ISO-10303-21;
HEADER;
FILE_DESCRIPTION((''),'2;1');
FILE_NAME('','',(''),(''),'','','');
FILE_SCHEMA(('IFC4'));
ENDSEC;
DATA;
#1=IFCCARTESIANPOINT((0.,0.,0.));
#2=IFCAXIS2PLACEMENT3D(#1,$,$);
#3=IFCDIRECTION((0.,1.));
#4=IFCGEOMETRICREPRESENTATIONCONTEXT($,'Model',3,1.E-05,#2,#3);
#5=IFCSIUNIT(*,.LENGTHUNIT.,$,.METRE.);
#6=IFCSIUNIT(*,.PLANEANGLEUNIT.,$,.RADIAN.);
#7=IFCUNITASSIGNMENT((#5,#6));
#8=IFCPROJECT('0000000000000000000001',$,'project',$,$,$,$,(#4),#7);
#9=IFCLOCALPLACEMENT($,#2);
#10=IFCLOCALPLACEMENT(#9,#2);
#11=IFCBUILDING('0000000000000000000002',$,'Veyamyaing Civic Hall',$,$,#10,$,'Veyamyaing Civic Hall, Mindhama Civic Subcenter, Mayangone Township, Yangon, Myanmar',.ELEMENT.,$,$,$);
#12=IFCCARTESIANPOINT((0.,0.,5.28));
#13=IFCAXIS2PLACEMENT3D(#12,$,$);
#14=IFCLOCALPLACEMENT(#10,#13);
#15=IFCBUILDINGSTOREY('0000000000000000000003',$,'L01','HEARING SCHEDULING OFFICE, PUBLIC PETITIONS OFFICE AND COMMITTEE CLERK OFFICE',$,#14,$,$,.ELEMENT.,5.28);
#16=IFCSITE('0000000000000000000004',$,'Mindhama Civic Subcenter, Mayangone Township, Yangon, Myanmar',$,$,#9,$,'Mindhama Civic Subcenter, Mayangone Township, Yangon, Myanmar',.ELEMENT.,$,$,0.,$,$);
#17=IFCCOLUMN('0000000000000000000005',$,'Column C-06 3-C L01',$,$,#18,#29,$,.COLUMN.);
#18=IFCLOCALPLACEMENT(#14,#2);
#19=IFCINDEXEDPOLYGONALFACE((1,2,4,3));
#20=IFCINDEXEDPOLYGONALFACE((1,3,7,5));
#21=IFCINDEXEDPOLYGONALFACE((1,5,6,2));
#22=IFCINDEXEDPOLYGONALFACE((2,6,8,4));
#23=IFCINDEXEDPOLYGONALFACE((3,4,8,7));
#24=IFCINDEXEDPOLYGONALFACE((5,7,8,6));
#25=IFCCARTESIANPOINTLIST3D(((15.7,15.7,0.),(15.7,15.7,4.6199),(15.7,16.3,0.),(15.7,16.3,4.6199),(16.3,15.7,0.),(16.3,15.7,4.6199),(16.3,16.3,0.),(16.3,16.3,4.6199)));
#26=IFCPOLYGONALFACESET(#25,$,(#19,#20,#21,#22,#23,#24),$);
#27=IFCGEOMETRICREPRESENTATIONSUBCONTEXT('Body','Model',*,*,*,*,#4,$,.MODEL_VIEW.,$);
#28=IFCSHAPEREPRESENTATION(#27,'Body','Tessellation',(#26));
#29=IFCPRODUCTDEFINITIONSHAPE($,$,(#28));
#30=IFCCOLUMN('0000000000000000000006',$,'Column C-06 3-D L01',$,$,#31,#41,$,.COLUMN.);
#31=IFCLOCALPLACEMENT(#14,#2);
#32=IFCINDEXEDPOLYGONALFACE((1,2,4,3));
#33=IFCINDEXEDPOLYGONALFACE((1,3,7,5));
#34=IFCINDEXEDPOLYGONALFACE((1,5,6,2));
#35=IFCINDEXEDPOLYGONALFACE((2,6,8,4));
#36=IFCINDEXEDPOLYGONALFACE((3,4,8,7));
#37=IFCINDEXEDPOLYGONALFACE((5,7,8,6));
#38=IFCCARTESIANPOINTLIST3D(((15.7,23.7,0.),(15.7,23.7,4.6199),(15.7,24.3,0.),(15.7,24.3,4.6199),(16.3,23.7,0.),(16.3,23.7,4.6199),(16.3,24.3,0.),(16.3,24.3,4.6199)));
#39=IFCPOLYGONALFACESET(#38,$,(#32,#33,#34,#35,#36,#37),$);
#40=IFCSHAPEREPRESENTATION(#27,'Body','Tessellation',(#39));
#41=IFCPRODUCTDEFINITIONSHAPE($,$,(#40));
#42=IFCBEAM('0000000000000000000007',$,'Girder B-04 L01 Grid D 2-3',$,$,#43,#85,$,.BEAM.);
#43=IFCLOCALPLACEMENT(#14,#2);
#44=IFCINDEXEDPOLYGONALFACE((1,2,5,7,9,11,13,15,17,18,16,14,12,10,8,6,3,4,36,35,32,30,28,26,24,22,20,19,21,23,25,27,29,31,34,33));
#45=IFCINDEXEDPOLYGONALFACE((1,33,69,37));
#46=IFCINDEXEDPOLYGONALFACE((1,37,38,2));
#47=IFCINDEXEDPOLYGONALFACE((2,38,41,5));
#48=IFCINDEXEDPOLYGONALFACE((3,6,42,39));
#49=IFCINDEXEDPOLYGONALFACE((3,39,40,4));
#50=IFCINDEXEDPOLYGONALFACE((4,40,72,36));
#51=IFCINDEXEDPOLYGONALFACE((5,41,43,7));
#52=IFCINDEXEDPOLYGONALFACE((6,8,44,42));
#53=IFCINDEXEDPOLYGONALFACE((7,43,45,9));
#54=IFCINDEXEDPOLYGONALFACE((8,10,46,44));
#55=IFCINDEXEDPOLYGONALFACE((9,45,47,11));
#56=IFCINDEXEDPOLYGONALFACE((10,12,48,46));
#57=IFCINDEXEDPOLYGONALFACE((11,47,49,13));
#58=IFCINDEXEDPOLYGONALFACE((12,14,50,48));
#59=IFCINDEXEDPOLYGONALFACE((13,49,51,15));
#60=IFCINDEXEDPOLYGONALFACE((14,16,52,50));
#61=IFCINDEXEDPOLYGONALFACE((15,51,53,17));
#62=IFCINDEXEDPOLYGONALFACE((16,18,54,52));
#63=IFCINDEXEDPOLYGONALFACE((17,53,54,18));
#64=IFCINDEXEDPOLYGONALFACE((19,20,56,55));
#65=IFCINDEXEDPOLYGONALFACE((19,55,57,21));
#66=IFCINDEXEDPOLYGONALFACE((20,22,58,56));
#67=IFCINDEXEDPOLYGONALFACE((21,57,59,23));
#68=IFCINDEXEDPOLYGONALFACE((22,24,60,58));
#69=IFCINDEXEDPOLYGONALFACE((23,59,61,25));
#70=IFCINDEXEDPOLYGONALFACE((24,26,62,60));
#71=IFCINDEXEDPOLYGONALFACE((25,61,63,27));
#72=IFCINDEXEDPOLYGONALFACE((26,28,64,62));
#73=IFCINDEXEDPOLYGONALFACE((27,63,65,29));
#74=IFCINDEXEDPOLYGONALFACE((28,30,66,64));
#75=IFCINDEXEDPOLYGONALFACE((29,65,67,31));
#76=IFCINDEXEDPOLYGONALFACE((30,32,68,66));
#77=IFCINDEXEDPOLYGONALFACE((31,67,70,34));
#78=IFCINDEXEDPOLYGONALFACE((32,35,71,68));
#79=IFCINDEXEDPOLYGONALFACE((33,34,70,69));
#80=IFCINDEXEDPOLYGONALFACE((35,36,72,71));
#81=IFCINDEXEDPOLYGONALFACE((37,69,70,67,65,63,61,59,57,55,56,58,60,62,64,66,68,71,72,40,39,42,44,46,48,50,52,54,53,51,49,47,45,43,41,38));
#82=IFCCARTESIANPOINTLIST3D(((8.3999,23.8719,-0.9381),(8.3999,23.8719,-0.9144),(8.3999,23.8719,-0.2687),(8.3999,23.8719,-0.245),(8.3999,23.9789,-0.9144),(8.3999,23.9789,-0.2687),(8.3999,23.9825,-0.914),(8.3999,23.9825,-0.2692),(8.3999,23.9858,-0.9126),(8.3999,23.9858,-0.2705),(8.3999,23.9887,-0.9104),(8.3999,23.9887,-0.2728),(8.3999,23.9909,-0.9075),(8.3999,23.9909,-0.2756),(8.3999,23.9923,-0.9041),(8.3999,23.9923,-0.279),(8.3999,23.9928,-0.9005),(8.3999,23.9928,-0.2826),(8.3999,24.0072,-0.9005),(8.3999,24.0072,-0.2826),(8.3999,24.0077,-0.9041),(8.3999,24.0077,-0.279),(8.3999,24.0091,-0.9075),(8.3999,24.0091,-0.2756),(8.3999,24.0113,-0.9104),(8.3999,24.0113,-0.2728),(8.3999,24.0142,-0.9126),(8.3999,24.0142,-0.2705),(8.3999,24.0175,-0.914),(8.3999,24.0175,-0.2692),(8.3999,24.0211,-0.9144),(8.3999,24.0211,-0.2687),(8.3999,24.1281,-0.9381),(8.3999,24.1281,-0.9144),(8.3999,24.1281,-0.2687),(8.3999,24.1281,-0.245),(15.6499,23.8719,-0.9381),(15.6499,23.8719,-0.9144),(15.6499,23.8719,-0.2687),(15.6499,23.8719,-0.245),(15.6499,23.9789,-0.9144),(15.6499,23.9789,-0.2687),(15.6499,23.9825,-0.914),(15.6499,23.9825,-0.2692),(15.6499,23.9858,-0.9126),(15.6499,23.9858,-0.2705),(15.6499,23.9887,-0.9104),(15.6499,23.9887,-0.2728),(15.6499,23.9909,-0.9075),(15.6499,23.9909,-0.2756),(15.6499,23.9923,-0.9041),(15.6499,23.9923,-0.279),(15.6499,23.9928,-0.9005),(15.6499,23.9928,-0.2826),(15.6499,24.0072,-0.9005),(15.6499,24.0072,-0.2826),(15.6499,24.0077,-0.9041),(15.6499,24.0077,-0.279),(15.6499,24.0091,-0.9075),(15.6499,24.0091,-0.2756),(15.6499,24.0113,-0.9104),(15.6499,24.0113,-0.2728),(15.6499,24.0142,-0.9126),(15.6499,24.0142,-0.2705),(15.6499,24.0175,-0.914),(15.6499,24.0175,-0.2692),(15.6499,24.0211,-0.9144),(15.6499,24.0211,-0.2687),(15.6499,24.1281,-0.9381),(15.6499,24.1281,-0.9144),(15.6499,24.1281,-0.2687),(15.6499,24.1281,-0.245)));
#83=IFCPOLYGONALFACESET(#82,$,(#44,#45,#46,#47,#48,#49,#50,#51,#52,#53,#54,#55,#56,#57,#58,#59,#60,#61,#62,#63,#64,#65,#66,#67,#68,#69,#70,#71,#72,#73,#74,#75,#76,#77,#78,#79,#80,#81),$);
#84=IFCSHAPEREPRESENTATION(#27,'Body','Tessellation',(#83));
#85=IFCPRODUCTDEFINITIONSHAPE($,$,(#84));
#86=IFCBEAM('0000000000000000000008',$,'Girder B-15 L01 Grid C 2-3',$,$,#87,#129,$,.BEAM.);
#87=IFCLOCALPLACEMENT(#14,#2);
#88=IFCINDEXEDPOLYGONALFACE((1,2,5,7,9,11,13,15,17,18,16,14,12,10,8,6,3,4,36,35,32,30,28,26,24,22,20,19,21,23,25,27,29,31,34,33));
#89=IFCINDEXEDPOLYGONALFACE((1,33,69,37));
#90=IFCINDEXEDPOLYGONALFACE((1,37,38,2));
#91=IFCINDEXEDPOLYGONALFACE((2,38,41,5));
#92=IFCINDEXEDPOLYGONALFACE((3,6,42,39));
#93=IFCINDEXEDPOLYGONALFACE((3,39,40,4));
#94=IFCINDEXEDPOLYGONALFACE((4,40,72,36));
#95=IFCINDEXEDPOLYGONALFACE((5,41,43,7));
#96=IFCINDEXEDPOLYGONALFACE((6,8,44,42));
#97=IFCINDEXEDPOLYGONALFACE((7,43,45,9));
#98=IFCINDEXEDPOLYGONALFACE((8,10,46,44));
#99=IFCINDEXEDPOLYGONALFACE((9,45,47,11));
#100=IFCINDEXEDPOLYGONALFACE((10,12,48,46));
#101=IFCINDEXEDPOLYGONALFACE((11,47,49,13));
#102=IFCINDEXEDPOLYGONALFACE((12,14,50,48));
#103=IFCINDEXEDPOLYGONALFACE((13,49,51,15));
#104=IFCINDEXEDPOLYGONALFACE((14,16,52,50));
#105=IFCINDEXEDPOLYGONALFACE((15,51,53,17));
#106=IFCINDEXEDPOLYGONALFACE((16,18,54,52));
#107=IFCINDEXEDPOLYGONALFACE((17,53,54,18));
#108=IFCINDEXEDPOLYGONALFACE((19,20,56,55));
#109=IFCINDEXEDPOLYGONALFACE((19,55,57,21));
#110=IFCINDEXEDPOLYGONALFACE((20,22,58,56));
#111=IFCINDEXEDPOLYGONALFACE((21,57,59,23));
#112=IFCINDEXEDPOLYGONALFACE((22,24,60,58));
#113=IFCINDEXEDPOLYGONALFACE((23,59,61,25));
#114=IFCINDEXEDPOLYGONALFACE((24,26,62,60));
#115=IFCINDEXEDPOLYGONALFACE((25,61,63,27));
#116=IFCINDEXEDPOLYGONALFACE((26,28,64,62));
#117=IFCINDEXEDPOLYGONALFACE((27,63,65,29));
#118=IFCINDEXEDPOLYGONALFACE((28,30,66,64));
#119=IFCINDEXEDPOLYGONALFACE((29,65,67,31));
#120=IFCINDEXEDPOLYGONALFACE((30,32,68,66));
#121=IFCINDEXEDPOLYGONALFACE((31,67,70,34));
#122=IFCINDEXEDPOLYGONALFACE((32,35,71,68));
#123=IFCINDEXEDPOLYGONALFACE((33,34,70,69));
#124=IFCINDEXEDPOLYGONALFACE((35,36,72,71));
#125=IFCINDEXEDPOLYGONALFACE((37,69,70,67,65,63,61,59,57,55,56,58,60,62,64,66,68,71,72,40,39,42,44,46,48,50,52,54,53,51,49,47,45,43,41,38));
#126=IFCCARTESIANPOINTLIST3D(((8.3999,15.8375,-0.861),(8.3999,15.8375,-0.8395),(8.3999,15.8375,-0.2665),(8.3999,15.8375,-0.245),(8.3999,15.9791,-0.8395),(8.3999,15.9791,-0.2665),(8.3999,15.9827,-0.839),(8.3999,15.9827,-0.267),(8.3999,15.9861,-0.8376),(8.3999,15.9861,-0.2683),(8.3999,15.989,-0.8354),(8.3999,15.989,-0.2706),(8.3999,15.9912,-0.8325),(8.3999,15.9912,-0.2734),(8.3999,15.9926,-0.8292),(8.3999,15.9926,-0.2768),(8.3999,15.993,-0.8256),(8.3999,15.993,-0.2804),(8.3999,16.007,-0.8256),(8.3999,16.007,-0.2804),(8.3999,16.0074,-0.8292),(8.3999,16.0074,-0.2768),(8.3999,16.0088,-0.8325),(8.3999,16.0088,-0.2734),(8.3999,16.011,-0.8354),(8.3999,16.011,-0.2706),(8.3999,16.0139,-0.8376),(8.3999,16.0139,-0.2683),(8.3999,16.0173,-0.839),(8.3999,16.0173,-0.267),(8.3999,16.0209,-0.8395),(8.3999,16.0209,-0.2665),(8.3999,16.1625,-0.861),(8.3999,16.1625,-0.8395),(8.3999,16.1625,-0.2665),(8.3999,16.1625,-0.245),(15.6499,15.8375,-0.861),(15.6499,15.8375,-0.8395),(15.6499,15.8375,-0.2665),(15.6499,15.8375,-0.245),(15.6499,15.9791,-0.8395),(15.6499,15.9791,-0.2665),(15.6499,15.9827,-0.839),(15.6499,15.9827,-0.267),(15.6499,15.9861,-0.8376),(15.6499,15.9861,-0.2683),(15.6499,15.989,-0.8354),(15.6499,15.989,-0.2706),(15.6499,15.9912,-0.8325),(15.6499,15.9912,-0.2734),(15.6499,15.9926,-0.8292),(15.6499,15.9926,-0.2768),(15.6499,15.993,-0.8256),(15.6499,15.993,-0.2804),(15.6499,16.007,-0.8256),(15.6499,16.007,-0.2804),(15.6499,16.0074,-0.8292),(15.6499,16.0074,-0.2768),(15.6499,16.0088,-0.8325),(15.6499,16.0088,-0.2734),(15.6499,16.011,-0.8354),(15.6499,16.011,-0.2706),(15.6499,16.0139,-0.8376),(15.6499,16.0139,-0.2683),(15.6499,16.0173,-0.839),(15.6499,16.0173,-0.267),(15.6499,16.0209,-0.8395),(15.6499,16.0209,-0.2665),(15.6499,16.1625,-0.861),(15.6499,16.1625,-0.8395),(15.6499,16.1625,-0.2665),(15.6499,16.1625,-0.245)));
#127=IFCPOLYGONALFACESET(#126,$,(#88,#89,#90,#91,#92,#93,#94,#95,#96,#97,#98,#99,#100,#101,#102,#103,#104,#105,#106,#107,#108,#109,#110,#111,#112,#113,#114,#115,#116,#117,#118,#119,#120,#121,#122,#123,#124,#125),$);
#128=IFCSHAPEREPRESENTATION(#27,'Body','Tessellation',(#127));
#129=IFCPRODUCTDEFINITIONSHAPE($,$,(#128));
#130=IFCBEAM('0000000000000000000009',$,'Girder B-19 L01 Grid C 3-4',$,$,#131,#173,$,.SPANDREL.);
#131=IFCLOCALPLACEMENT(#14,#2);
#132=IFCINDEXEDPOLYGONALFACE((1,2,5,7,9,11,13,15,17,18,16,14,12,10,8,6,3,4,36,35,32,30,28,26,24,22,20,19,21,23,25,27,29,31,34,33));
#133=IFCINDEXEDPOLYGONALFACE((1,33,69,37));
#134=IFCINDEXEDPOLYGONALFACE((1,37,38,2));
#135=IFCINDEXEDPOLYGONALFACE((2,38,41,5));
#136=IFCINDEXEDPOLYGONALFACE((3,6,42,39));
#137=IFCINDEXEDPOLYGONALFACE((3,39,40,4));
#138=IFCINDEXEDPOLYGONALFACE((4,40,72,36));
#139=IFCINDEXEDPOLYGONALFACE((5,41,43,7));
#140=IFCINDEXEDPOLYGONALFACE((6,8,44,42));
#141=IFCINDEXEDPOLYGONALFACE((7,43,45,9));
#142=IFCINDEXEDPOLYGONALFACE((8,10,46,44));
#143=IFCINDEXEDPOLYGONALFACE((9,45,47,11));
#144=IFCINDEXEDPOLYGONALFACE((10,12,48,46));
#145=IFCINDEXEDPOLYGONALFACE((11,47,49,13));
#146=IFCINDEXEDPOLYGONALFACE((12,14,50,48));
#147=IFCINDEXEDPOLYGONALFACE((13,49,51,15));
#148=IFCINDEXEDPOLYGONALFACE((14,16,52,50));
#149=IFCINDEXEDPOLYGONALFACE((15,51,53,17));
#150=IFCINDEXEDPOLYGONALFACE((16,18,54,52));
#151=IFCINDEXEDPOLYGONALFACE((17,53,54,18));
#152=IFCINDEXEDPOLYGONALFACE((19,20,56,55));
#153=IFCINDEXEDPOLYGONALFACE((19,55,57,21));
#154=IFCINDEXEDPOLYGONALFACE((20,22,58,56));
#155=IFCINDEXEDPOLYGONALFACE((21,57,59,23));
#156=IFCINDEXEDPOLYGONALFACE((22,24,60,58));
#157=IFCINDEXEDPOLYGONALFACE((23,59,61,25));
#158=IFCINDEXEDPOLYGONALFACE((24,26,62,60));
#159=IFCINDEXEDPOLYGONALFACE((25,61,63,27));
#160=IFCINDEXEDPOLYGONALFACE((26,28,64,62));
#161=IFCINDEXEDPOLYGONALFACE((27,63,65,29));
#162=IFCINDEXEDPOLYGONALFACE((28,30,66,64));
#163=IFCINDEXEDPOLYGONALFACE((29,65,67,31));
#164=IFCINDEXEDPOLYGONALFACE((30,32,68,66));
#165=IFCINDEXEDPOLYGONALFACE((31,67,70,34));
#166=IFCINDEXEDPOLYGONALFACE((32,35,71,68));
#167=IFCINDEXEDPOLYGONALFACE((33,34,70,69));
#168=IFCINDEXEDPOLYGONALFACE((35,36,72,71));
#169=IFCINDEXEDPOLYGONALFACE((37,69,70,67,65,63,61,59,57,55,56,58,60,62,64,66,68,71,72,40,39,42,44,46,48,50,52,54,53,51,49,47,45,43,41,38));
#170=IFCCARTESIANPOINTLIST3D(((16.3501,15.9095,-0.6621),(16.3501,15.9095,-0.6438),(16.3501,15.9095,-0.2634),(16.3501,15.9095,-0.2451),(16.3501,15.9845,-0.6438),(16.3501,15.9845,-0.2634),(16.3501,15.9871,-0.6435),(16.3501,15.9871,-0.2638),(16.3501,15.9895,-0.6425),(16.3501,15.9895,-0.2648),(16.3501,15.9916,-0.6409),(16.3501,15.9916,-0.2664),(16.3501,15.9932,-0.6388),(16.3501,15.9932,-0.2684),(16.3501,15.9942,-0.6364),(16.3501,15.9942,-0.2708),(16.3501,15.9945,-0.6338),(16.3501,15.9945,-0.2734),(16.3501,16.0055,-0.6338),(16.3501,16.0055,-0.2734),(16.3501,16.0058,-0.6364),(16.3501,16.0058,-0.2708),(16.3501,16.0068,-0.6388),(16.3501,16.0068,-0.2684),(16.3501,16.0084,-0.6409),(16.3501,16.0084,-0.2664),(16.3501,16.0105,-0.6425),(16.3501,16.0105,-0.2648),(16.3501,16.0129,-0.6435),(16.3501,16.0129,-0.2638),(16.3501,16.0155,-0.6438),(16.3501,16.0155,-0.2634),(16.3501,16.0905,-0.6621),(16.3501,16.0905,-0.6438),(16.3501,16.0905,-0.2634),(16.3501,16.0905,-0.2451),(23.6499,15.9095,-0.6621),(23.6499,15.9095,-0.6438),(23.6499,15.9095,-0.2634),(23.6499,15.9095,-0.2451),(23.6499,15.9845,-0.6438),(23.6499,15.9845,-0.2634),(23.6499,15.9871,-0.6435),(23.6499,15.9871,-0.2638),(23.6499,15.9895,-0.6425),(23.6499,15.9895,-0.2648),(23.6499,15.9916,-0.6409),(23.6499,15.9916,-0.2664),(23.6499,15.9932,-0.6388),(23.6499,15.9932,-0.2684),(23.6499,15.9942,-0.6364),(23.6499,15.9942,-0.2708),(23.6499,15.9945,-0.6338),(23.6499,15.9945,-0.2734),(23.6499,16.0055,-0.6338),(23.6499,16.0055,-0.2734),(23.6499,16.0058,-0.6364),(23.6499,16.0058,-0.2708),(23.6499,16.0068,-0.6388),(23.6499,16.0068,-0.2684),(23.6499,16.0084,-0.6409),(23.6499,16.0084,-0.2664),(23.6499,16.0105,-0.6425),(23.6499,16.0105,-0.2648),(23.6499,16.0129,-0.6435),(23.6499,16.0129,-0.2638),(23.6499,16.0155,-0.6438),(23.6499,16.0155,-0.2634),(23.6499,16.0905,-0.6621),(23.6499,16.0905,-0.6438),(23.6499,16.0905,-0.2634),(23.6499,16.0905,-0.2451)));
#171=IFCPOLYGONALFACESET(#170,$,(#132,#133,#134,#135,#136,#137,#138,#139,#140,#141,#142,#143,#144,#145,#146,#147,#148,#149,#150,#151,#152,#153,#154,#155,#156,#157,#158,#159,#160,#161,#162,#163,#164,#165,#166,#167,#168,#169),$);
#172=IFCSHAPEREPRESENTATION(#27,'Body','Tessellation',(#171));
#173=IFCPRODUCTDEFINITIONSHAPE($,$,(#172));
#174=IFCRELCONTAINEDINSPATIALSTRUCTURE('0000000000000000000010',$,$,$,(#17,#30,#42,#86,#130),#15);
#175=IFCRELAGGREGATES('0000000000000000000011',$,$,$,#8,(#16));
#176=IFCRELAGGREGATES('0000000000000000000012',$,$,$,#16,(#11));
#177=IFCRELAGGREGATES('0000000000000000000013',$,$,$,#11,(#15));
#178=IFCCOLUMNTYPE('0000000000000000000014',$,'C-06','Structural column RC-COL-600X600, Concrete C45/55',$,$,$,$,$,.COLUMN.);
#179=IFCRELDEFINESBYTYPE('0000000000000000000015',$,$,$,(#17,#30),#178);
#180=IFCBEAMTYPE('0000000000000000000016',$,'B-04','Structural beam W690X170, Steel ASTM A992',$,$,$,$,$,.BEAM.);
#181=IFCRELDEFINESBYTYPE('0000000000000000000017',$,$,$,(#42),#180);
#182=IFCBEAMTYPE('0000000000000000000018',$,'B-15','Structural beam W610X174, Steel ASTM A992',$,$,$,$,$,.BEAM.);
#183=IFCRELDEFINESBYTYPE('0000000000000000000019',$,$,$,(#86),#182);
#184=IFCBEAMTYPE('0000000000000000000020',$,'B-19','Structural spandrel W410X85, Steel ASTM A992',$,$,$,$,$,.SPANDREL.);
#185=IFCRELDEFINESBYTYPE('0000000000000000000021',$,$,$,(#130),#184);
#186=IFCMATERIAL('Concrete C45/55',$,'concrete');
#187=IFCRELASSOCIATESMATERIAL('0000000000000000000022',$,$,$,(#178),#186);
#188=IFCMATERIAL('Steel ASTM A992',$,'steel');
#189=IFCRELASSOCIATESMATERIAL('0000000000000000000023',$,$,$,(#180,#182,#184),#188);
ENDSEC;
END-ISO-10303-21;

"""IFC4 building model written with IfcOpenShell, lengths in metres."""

from ifc_helpers import new_model, si_unit, direction, frame, origin, origin_2d, place, context, subcontext, project, spatial, rectangle, i_section, extrude, material, material_profile, profile_set, type_object, element, save


model = new_model("IFC4")

# Units and contexts
model_context = context("Model", 3, precision=1e-05, world=origin(), true_north=direction((0.0, 1.0)))
body_context = subcontext(model_context, "Body", "Model", "MODEL_VIEW")
ifc_project = project(units=[si_unit("LENGTHUNIT", "METRE"), si_unit("PLANEANGLEUNIT", "RADIAN")], contexts=[model_context])

# Site, building, storey
site_placement = place(None, origin())
site = spatial("IfcSite", under=ifc_project, at=site_placement, Name="Mindhama Civic Subcenter, Mayangone Township, Yangon, Myanmar", LongName="Mindhama Civic Subcenter, Mayangone Township, Yangon, Myanmar", CompositionType="ELEMENT", RefElevation=0.0)
building_placement = place(site_placement, origin())
building = spatial("IfcBuilding", under=site, at=building_placement, Name="Veyamyaing Civic Hall", LongName="Veyamyaing Civic Hall, Mindhama Civic Subcenter, Mayangone Township, Yangon, Myanmar", CompositionType="ELEMENT")
storey_placement = place(building_placement, frame((0.0, 0.0, 5.28)))
storey = spatial("IfcBuildingStorey", under=building, at=storey_placement, Name="L01", Description="HEARING SCHEDULING OFFICE, PUBLIC PETITIONS OFFICE AND COMMITTEE CLERK OFFICE", CompositionType="ELEMENT", Elevation=5.28)

# Columns
ifc_material_1 = material(Name="Concrete C45/55", Category="concrete")
ifc_material_profile_1 = material_profile(ifc_material_1, rectangle(XDim=0.6001, YDim=0.6001, at=origin_2d()), Name="RC-COL-600X600")
ifc_profile_set_1 = profile_set([ifc_material_profile_1], Name="Concrete C45/55")
column_type = type_object("IfcColumnType", Name="C-06", Description="Structural column RC-COL-600X600, Concrete C45/55", PredefinedType="COLUMN", material=ifc_profile_set_1)
for number, where, z_axis, x_axis, name in (
    (1, (16.0, 16.0, 0.0), (0.0, 0.0, 1.0), (1.0, 0.0, 0.0), "Column C-06 3-C L01"),
    (2, (16.0, 24.0, 0.0), (0.0, 0.0, 1.0), (1.0, 0.0, 0.0), "Column C-06 3-D L01"),
):
    element("IfcColumn", number, at=place(storey_placement, frame(where, z_axis=z_axis, x_axis=x_axis)), inside=storey, type_object=column_type, Name=name, PredefinedType="COLUMN", context=body_context, shape_type="SweptSolid", body=[
        extrude(rectangle(XDim=0.6001, YDim=0.6001, at=origin_2d()), origin(), (0.0, 0.0, 1.0), 4.6199),
    ])

# Beams
ifc_material_2 = material(Name="Steel ASTM A992", Category="steel")
ifc_material_profile_2 = material_profile(ifc_material_2, i_section(OverallWidth=0.2561, OverallDepth=0.6931, WebThickness=0.0144, FlangeThickness=0.0237, FilletRadius=0.0139, at=origin_2d()), Name="W690X170")
ifc_profile_set_2 = profile_set([ifc_material_profile_2], Name="Steel ASTM A992")
beam_type_1 = type_object("IfcBeamType", Name="B-04", Description="Structural beam W690X170, Steel ASTM A992", PredefinedType="BEAM", material=ifc_profile_set_2)
beam_1_placement = place(storey_placement, frame((8.3999, 24.0, -0.5916), z_axis=(1.0, 0.0, 0.0), x_axis=(0.0, 1.0, 0.0)))
element("IfcBeam", 3, at=beam_1_placement, inside=storey, type_object=beam_type_1, Name="Girder B-04 L01 Grid D 2-3", PredefinedType="BEAM", context=body_context, shape_type="SweptSolid", body=[
    extrude(i_section(OverallWidth=0.2561, OverallDepth=0.6931, WebThickness=0.0144, FlangeThickness=0.0237, FilletRadius=0.0139, at=origin_2d()), origin(), (0.0, 0.0, 1.0), 7.25),
])
ifc_material_profile_3 = material_profile(ifc_material_2, i_section(OverallWidth=0.325, OverallDepth=0.616, WebThickness=0.0139, FlangeThickness=0.0215, FilletRadius=0.0139, at=origin_2d()), Name="W610X174")
ifc_profile_set_3 = profile_set([ifc_material_profile_3], Name="Steel ASTM A992")
beam_type_2 = type_object("IfcBeamType", Name="B-15", Description="Structural beam W610X174, Steel ASTM A992", PredefinedType="BEAM", material=ifc_profile_set_3)
beam_2_placement = place(storey_placement, frame((8.3999, 16.0, -0.553), z_axis=(1.0, 0.0, 0.0), x_axis=(0.0, 1.0, 0.0)))
element("IfcBeam", 4, at=beam_2_placement, inside=storey, type_object=beam_type_2, Name="Girder B-15 L01 Grid C 2-3", PredefinedType="BEAM", context=body_context, shape_type="SweptSolid", body=[
    extrude(i_section(OverallWidth=0.325, OverallDepth=0.616, WebThickness=0.0139, FlangeThickness=0.0215, FilletRadius=0.0139, at=origin_2d()), origin(), (0.0, 0.0, 1.0), 7.25),
])
ifc_material_profile_4 = material_profile(ifc_material_2, i_section(OverallWidth=0.1809, OverallDepth=0.417, WebThickness=0.011, FlangeThickness=0.0183, FilletRadius=0.01, at=origin_2d()), Name="W410X85")
ifc_profile_set_4 = profile_set([ifc_material_profile_4], Name="Steel ASTM A992")
beam_type_3 = type_object("IfcBeamType", Name="B-19", Description="Structural spandrel W410X85, Steel ASTM A992", PredefinedType="SPANDREL", material=ifc_profile_set_4)
for number, where, z_axis, x_axis, name in (
    (5, (16.3501, 16.0, -0.4536), (1.0, 0.0, 0.0), (0.0, 1.0, 0.0), "Girder B-19 L01 Grid C 3-4"),
):
    element("IfcBeam", number, at=place(storey_placement, frame(where, z_axis=z_axis, x_axis=x_axis)), inside=storey, type_object=beam_type_3, Name=name, PredefinedType="SPANDREL", context=body_context, shape_type="SweptSolid", body=[
        extrude(i_section(OverallWidth=0.1809, OverallDepth=0.417, WebThickness=0.011, FlangeThickness=0.0183, FilletRadius=0.01, at=origin_2d()), origin(), (0.0, 0.0, 1.0), 7.2998),
    ])

save(model, "model.ifc")
